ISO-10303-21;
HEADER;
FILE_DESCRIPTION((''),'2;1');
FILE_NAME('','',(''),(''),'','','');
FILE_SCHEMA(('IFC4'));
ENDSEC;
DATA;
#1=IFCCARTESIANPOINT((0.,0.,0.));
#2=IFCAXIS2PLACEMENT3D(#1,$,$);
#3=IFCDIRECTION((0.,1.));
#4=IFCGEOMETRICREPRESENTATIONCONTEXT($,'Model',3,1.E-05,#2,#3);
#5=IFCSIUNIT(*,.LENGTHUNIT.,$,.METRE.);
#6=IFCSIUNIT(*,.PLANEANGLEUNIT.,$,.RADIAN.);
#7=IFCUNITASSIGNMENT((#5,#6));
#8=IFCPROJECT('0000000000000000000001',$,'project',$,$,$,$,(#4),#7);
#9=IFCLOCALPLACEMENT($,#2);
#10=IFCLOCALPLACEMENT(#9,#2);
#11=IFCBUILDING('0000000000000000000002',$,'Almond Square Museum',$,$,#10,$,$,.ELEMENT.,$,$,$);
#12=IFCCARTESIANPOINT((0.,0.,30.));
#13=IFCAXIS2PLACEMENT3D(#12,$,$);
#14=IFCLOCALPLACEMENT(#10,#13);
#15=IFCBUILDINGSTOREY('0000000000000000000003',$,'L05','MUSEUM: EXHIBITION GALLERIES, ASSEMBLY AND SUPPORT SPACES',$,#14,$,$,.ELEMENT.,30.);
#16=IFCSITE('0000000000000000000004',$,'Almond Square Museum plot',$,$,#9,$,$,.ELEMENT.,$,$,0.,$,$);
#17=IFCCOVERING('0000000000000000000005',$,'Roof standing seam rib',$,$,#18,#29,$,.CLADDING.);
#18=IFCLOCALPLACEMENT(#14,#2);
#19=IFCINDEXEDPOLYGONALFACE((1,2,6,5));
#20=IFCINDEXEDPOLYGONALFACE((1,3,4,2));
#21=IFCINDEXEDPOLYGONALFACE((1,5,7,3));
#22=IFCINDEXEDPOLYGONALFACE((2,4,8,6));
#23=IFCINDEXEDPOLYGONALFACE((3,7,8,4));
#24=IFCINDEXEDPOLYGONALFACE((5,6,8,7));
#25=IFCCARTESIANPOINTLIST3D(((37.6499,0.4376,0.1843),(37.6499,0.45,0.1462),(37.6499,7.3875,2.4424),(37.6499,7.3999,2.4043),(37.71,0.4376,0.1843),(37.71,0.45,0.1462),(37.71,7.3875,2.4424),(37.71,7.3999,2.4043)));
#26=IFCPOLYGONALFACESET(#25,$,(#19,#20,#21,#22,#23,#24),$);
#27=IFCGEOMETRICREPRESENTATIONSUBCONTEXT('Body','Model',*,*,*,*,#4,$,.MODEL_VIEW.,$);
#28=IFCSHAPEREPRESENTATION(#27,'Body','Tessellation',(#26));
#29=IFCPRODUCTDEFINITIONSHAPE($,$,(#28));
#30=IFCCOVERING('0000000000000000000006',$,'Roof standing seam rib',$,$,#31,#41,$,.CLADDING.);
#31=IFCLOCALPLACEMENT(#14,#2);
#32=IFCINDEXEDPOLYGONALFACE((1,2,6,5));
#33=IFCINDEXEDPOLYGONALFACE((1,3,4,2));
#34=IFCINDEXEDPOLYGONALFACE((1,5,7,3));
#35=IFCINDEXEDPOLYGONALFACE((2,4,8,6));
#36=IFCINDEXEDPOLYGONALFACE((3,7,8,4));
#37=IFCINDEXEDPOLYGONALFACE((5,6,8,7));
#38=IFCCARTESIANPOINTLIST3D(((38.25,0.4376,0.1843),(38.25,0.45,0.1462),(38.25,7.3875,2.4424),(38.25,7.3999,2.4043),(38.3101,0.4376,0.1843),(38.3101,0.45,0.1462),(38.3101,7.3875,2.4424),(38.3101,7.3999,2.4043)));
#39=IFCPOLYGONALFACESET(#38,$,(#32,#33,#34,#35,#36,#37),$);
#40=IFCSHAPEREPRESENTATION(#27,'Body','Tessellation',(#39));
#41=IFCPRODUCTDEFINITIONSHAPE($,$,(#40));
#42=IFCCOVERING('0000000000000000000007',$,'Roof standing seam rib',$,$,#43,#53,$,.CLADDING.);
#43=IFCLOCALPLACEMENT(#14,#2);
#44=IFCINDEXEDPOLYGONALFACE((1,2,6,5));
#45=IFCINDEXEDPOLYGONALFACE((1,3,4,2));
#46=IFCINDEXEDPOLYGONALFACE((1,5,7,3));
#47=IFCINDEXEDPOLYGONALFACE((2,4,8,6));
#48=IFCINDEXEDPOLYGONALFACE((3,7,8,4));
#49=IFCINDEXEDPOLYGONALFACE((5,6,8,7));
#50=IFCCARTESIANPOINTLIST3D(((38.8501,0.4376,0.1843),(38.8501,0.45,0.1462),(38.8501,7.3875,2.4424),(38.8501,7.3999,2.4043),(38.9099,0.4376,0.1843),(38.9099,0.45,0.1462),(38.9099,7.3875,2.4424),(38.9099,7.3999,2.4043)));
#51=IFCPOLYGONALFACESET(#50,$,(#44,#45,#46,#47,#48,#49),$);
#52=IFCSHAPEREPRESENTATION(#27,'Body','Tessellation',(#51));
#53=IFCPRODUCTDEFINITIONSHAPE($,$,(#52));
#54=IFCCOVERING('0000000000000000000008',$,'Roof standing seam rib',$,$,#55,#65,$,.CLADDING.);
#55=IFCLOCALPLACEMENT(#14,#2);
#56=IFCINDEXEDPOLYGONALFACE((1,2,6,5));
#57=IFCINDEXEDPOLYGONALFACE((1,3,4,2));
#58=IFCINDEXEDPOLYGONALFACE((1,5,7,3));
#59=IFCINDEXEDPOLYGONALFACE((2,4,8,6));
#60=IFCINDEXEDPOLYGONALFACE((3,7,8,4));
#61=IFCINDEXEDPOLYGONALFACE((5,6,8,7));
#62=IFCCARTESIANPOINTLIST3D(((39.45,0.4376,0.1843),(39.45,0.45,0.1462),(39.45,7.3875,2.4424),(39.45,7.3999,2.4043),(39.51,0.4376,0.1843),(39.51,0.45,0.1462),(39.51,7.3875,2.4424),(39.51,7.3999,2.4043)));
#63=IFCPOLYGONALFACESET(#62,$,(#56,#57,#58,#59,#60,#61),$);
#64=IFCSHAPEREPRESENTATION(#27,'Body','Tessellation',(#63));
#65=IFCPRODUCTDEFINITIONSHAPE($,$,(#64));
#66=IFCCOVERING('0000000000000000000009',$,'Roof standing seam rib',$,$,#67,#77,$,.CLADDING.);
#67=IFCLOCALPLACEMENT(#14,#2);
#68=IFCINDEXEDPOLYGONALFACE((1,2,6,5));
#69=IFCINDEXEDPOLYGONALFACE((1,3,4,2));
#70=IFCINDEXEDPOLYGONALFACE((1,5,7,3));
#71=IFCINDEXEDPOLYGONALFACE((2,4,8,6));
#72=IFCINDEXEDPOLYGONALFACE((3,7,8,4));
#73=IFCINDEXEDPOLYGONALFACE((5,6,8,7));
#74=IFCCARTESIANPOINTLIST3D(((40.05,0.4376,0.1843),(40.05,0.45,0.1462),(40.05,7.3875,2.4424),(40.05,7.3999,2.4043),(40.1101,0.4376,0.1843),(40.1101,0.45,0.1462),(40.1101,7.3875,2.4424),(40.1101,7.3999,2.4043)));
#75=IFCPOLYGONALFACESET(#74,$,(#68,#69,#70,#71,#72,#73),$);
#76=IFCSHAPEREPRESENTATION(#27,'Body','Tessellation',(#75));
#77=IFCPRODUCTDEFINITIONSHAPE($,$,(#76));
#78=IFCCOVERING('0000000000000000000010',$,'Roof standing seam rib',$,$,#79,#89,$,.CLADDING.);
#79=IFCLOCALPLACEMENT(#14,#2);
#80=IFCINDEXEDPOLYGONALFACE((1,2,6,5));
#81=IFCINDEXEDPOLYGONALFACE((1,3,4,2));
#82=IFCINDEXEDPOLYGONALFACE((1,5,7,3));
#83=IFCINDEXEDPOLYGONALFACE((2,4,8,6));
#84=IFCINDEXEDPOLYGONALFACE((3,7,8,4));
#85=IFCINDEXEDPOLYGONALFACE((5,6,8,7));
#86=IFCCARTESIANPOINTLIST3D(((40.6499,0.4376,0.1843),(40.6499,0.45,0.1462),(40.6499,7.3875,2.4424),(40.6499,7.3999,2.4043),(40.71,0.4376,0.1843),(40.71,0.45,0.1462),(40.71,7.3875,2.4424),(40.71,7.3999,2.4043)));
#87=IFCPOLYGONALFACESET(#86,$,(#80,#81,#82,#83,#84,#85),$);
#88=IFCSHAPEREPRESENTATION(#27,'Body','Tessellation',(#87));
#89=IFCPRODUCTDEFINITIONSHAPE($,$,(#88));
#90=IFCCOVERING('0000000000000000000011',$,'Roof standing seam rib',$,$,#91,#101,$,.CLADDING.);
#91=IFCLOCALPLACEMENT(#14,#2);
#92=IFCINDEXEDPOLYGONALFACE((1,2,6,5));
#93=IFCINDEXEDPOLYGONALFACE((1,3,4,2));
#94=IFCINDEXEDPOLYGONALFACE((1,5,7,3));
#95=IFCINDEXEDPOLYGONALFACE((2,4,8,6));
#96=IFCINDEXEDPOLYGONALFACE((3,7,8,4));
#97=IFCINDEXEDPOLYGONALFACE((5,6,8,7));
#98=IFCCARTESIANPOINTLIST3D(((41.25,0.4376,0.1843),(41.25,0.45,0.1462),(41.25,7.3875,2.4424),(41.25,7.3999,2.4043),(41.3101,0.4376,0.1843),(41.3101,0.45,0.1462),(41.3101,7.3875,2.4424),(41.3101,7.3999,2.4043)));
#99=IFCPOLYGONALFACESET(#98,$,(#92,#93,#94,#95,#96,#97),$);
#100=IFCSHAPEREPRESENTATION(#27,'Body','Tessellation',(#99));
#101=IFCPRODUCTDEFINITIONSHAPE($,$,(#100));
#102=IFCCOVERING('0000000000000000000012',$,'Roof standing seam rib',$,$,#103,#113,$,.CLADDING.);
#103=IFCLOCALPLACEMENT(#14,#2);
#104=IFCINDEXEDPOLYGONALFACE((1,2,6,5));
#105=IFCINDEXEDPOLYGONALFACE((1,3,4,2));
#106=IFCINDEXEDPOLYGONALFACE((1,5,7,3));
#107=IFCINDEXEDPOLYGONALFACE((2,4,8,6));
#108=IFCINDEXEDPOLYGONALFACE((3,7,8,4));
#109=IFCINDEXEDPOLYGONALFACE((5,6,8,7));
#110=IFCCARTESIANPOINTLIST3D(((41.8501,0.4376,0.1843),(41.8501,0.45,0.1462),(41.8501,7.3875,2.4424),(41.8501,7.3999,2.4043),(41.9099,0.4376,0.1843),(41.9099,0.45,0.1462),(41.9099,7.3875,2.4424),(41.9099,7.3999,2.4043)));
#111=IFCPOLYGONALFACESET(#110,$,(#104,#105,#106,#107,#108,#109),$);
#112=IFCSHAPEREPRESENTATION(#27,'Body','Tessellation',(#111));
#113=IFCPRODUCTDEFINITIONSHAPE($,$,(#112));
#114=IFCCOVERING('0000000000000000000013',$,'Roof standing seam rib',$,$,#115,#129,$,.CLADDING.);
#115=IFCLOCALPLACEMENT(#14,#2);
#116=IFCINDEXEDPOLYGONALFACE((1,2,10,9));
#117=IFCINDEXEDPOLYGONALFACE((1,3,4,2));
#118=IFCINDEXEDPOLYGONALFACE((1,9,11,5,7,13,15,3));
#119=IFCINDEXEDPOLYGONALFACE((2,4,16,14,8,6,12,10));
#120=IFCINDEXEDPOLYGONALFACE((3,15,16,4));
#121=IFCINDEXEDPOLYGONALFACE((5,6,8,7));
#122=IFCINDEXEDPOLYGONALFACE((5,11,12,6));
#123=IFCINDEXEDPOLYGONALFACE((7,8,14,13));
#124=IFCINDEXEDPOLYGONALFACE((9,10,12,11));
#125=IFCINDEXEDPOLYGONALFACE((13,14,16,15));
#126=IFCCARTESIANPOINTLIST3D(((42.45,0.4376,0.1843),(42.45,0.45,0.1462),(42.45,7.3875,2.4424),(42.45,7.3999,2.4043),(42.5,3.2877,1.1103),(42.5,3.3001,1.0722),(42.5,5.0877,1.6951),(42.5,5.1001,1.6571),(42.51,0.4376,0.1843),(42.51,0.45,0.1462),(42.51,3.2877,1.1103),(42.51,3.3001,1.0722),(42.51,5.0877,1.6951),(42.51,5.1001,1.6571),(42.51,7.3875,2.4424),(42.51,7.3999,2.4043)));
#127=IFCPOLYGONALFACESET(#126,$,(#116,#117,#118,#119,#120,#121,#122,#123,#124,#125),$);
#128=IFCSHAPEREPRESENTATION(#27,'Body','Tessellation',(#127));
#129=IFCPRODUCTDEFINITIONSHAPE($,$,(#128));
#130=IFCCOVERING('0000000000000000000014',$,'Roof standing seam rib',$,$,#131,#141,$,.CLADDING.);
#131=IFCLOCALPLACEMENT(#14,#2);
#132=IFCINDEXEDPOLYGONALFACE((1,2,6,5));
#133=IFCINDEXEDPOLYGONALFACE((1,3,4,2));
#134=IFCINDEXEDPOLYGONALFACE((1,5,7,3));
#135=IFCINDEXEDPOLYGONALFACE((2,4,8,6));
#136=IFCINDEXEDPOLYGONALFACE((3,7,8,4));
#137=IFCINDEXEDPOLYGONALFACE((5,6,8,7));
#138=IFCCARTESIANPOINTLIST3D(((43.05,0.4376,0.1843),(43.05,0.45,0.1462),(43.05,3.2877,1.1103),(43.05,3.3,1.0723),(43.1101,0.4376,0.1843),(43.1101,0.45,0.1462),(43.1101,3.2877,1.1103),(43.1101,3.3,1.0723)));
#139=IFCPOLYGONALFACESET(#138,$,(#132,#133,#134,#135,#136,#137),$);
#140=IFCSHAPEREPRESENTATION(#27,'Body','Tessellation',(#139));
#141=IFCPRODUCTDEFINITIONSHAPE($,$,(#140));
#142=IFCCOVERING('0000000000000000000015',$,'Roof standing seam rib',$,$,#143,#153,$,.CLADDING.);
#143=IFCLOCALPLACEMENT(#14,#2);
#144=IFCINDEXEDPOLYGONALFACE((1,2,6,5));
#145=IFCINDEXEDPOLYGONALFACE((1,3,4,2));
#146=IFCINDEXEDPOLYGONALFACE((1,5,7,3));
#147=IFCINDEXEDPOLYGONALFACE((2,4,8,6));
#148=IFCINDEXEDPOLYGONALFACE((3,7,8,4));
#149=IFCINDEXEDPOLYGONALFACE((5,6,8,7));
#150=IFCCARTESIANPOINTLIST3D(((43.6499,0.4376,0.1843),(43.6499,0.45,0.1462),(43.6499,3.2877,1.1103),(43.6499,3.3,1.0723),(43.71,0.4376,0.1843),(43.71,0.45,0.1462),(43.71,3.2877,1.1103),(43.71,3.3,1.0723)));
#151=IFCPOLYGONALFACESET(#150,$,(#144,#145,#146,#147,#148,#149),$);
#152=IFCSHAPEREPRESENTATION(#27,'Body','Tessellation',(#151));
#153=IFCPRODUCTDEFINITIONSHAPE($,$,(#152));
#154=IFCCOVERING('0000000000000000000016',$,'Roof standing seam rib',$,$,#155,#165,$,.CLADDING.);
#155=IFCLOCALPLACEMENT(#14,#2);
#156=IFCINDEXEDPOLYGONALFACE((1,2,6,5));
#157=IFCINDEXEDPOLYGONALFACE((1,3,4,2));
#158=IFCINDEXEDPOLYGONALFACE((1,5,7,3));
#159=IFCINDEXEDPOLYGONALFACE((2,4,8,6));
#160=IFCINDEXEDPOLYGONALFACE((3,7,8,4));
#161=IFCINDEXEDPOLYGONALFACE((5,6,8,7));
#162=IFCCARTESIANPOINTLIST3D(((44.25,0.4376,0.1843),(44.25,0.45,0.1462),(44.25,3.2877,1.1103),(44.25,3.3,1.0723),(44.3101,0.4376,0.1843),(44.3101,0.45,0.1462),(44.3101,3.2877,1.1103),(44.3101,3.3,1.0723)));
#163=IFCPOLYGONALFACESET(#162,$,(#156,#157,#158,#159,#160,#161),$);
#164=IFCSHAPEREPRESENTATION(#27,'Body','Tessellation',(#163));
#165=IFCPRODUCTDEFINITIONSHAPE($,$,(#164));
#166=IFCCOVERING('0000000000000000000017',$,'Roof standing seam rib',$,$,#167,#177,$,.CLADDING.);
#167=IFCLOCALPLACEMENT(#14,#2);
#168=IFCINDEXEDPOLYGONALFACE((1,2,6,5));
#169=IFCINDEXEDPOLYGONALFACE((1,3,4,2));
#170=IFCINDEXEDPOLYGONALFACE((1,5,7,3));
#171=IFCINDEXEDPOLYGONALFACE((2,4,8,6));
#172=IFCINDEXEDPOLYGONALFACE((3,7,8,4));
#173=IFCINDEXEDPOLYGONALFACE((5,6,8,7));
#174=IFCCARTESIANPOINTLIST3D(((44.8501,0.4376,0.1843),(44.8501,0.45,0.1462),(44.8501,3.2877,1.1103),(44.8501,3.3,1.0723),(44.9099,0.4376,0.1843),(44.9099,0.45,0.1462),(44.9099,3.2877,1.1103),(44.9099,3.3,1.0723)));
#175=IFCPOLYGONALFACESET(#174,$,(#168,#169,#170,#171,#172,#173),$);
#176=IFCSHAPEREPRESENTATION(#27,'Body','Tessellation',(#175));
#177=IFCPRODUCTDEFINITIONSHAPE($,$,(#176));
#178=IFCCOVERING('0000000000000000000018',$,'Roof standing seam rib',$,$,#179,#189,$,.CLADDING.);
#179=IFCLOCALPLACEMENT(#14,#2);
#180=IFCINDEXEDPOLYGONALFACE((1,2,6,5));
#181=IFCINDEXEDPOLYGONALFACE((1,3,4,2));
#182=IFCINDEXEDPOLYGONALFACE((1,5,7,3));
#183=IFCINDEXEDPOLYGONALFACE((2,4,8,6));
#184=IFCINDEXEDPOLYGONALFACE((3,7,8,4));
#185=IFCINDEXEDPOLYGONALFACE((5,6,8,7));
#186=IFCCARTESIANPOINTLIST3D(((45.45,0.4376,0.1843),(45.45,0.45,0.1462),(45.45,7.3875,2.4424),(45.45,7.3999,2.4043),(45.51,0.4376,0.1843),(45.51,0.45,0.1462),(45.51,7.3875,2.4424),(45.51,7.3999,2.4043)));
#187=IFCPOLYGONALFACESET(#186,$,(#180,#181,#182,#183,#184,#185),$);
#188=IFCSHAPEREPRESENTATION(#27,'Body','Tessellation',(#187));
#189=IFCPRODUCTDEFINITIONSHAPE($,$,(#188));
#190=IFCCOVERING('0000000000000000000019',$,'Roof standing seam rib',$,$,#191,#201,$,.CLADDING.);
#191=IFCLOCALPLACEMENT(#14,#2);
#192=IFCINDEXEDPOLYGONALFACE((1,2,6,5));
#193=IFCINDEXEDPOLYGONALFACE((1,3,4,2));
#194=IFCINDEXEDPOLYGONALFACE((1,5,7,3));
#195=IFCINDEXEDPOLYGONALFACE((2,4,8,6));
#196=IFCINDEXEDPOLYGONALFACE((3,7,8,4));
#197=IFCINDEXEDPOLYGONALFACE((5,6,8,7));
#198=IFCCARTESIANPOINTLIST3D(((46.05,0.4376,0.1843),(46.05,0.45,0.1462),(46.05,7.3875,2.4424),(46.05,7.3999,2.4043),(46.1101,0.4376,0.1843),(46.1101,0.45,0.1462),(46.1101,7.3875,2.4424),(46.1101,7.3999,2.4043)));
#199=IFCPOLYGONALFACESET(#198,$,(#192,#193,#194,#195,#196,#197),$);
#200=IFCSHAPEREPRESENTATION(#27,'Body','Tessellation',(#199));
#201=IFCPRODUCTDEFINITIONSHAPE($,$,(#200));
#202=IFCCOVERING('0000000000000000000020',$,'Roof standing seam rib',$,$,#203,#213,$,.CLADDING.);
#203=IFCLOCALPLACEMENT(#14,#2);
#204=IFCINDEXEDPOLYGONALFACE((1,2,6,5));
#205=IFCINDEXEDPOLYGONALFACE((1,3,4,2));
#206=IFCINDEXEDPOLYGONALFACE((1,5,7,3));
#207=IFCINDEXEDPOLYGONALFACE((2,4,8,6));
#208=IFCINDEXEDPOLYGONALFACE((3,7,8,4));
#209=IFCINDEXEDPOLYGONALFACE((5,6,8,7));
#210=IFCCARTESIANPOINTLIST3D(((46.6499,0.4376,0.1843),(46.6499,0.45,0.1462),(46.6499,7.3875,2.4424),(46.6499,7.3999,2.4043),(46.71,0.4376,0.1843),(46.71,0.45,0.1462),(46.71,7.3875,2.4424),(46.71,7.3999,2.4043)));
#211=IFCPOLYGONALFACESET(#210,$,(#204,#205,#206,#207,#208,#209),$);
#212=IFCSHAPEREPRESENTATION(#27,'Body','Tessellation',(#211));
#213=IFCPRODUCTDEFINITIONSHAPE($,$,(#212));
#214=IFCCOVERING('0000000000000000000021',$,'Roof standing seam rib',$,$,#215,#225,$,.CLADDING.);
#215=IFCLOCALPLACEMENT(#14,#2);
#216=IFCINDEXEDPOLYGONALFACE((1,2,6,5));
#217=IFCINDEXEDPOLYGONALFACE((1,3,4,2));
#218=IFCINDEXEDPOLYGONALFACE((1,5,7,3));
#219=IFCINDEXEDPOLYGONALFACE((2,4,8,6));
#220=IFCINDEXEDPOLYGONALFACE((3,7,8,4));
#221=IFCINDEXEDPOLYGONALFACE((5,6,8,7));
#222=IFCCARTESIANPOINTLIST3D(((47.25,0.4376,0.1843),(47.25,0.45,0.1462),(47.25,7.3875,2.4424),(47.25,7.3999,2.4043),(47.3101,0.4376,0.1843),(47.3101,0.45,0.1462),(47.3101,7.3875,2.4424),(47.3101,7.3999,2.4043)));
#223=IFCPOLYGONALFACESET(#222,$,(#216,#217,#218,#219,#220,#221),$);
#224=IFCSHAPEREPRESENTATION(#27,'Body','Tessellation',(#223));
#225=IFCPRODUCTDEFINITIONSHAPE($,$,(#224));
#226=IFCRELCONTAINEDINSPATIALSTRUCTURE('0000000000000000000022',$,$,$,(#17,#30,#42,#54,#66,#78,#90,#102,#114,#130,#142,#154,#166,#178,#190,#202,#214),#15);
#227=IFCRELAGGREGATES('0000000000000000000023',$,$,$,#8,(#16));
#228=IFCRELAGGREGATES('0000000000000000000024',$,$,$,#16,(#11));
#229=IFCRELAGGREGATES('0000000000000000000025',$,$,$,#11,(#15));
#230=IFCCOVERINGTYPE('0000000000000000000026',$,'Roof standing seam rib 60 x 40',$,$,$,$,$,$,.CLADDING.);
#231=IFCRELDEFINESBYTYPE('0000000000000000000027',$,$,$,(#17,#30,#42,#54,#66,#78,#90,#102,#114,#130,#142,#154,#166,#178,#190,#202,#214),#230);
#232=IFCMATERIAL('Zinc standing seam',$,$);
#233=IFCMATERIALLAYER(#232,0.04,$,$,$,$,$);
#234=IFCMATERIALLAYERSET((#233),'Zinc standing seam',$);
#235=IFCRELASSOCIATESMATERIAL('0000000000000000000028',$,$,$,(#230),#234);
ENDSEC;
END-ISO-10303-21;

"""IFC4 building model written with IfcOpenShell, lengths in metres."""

from ifc_helpers import new_model, si_unit, direction, frame, origin, place, context, subcontext, project, spatial, polyline, outline, extrude, material, layer, layer_set, type_object, element, save


model = new_model("IFC4")

# Units and contexts
model_context = context("Model", 3, precision=1e-05, world=origin(), true_north=direction((0.0, 1.0)))
body_context = subcontext(model_context, "Body", "Model", "MODEL_VIEW")
ifc_project = project(units=[si_unit("LENGTHUNIT", "METRE"), si_unit("PLANEANGLEUNIT", "RADIAN")], contexts=[model_context])

# Site, building, storey
site_placement = place(None, origin())
site = spatial("IfcSite", under=ifc_project, at=site_placement, Name="Almond Square Museum plot", CompositionType="ELEMENT", RefElevation=0.0)
building_placement = place(site_placement, origin())
building = spatial("IfcBuilding", under=site, at=building_placement, Name="Almond Square Museum", CompositionType="ELEMENT")
storey_placement = place(building_placement, frame((0.0, 0.0, 30.0)))
storey = spatial("IfcBuildingStorey", under=building, at=storey_placement, Name="L05", Description="MUSEUM: EXHIBITION GALLERIES, ASSEMBLY AND SUPPORT SPACES", CompositionType="ELEMENT", Elevation=30.0)

# Coverings
ifc_material = material(Name="Zinc standing seam")
ifc_layer = layer(ifc_material, 0.04)
ifc_layer_set = layer_set([ifc_layer], Name="Zinc standing seam")
covering_type = type_object("IfcCoveringType", Name="Roof standing seam rib 60 x 40", PredefinedType="CLADDING", material=ifc_layer_set)
for number, where, z_axis, x_axis, name in (
    (1, (37.6499, 0.45, 0.1462), (0.0, -0.309002, 0.951061), (1.0, 0.0, 0.0), "Roof standing seam rib"),
    (2, (38.25, 0.45, 0.1462), (0.0, -0.309002, 0.951061), (1.0, 0.0, 0.0), "Roof standing seam rib"),
):
    element("IfcCovering", number, at=place(storey_placement, frame(where, z_axis=z_axis, x_axis=x_axis)), inside=storey, type_object=covering_type, Name=name, PredefinedType="CLADDING", context=body_context, shape_type="SweptSolid", body=[
        extrude(outline(polyline([(0.0, 0.0), (0.0601, 0.0), (0.0601, 7.3076), (0.0, 7.3076), (0.0, 0.0)])), origin(), (0.0, 0.0, 1.0), 0.04),
    ])
covering_1_placement = place(storey_placement, frame((38.8501, 0.45, 0.1462), z_axis=(0.0, -0.309002, 0.951061), x_axis=(1.0, 0.0, 0.0)))
element("IfcCovering", 3, at=covering_1_placement, inside=storey, type_object=covering_type, Name="Roof standing seam rib", PredefinedType="CLADDING", context=body_context, shape_type="SweptSolid", body=[
    extrude(outline(polyline([(0.0, 0.0), (0.0598, 0.0), (0.0598, 7.3076), (0.0, 7.3076), (0.0, 0.0)])), origin(), (0.0, 0.0, 1.0), 0.04),
])
for number, where, z_axis, x_axis, name in (
    (4, (39.45, 0.45, 0.1462), (0.0, -0.309002, 0.951061), (1.0, 0.0, 0.0), "Roof standing seam rib"),
    (5, (40.05, 0.45, 0.1462), (0.0, -0.309002, 0.951061), (1.0, 0.0, 0.0), "Roof standing seam rib"),
    (6, (40.6499, 0.45, 0.1462), (0.0, -0.309002, 0.951061), (1.0, 0.0, 0.0), "Roof standing seam rib"),
    (7, (41.25, 0.45, 0.1462), (0.0, -0.309002, 0.951061), (1.0, 0.0, 0.0), "Roof standing seam rib"),
):
    element("IfcCovering", number, at=place(storey_placement, frame(where, z_axis=z_axis, x_axis=x_axis)), inside=storey, type_object=covering_type, Name=name, PredefinedType="CLADDING", context=body_context, shape_type="SweptSolid", body=[
        extrude(outline(polyline([(0.0, 0.0), (0.0601, 0.0), (0.0601, 7.3076), (0.0, 7.3076), (0.0, 0.0)])), origin(), (0.0, 0.0, 1.0), 0.04),
    ])
covering_2_placement = place(storey_placement, frame((41.8501, 0.45, 0.1462), z_axis=(0.0, -0.309002, 0.951061), x_axis=(1.0, 0.0, 0.0)))
element("IfcCovering", 8, at=covering_2_placement, inside=storey, type_object=covering_type, Name="Roof standing seam rib", PredefinedType="CLADDING", context=body_context, shape_type="SweptSolid", body=[
    extrude(outline(polyline([(0.0, 0.0), (0.0598, 0.0), (0.0598, 7.3076), (0.0, 7.3076), (0.0, 0.0)])), origin(), (0.0, 0.0, 1.0), 0.04),
])
covering_3_placement = place(storey_placement, frame((42.45, 0.45, 0.1462), z_axis=(0.00038, -0.309005, 0.95106), x_axis=(1.0, 0.000117, -0.000361)))
element("IfcCovering", 9, at=covering_3_placement, inside=storey, type_object=covering_type, Name="Roof standing seam rib", PredefinedType="CLADDING", context=body_context, shape_type="SweptSolid", body=[
    extrude(outline(polyline([(0.0, 0.0), (0.0601, 0.0), (0.0601, 2.9968), (0.05, 2.9968), (0.05, 4.8894), (0.0601, 4.8894), (0.0601, 7.3076), (0.0, 7.3076), (0.0, 0.0)])), origin(), (0.0, 0.0, 1.0), 0.04),
])
for number, where, z_axis, x_axis, name in (
    (10, (43.05, 3.3, 1.0723), (0.0, -0.309009, 0.951059), (0.0, -0.951059, -0.309009), "Roof standing seam rib"),
    (11, (43.6499, 3.3, 1.0723), (0.0, -0.309009, 0.951059), (0.0, -0.951059, -0.309009), "Roof standing seam rib"),
    (12, (44.25, 3.3, 1.0723), (0.0, -0.309009, 0.951059), (0.0, -0.951059, -0.309009), "Roof standing seam rib"),
):
    element("IfcCovering", number, at=place(storey_placement, frame(where, z_axis=z_axis, x_axis=x_axis)), inside=storey, type_object=covering_type, Name=name, PredefinedType="CLADDING", context=body_context, shape_type="SweptSolid", body=[
        extrude(outline(polyline([(0.0, 0.0), (2.9968, 0.0), (2.9968, 0.0601), (0.0, 0.0601), (0.0, 0.0)])), origin(), (0.0, 0.0, 1.0), 0.04),
    ])
covering_4_placement = place(storey_placement, frame((44.8501, 3.3, 1.0723), z_axis=(0.0, -0.309009, 0.951059), x_axis=(0.0, -0.951059, -0.309009)))
element("IfcCovering", 13, at=covering_4_placement, inside=storey, type_object=covering_type, Name="Roof standing seam rib", PredefinedType="CLADDING", context=body_context, shape_type="SweptSolid", body=[
    extrude(outline(polyline([(0.0, 0.0), (2.9968, 0.0), (2.9968, 0.0598), (0.0, 0.0598), (0.0, 0.0)])), origin(), (0.0, 0.0, 1.0), 0.04),
])
for number, where, z_axis, x_axis, name in (
    (14, (45.45, 0.45, 0.1462), (0.0, -0.309002, 0.951061), (1.0, 0.0, 0.0), "Roof standing seam rib"),
    (15, (46.05, 0.45, 0.1462), (0.0, -0.309002, 0.951061), (1.0, 0.0, 0.0), "Roof standing seam rib"),
    (16, (46.6499, 0.45, 0.1462), (0.0, -0.309002, 0.951061), (1.0, 0.0, 0.0), "Roof standing seam rib"),
    (17, (47.25, 0.45, 0.1462), (0.0, -0.309002, 0.951061), (1.0, 0.0, 0.0), "Roof standing seam rib"),
):
    element("IfcCovering", number, at=place(storey_placement, frame(where, z_axis=z_axis, x_axis=x_axis)), inside=storey, type_object=covering_type, Name=name, PredefinedType="CLADDING", context=body_context, shape_type="SweptSolid", body=[
        extrude(outline(polyline([(0.0, 0.0), (0.0601, 0.0), (0.0601, 7.3076), (0.0, 7.3076), (0.0, 0.0)])), origin(), (0.0, 0.0, 1.0), 0.04),
    ])

save(model, "model.ifc")
